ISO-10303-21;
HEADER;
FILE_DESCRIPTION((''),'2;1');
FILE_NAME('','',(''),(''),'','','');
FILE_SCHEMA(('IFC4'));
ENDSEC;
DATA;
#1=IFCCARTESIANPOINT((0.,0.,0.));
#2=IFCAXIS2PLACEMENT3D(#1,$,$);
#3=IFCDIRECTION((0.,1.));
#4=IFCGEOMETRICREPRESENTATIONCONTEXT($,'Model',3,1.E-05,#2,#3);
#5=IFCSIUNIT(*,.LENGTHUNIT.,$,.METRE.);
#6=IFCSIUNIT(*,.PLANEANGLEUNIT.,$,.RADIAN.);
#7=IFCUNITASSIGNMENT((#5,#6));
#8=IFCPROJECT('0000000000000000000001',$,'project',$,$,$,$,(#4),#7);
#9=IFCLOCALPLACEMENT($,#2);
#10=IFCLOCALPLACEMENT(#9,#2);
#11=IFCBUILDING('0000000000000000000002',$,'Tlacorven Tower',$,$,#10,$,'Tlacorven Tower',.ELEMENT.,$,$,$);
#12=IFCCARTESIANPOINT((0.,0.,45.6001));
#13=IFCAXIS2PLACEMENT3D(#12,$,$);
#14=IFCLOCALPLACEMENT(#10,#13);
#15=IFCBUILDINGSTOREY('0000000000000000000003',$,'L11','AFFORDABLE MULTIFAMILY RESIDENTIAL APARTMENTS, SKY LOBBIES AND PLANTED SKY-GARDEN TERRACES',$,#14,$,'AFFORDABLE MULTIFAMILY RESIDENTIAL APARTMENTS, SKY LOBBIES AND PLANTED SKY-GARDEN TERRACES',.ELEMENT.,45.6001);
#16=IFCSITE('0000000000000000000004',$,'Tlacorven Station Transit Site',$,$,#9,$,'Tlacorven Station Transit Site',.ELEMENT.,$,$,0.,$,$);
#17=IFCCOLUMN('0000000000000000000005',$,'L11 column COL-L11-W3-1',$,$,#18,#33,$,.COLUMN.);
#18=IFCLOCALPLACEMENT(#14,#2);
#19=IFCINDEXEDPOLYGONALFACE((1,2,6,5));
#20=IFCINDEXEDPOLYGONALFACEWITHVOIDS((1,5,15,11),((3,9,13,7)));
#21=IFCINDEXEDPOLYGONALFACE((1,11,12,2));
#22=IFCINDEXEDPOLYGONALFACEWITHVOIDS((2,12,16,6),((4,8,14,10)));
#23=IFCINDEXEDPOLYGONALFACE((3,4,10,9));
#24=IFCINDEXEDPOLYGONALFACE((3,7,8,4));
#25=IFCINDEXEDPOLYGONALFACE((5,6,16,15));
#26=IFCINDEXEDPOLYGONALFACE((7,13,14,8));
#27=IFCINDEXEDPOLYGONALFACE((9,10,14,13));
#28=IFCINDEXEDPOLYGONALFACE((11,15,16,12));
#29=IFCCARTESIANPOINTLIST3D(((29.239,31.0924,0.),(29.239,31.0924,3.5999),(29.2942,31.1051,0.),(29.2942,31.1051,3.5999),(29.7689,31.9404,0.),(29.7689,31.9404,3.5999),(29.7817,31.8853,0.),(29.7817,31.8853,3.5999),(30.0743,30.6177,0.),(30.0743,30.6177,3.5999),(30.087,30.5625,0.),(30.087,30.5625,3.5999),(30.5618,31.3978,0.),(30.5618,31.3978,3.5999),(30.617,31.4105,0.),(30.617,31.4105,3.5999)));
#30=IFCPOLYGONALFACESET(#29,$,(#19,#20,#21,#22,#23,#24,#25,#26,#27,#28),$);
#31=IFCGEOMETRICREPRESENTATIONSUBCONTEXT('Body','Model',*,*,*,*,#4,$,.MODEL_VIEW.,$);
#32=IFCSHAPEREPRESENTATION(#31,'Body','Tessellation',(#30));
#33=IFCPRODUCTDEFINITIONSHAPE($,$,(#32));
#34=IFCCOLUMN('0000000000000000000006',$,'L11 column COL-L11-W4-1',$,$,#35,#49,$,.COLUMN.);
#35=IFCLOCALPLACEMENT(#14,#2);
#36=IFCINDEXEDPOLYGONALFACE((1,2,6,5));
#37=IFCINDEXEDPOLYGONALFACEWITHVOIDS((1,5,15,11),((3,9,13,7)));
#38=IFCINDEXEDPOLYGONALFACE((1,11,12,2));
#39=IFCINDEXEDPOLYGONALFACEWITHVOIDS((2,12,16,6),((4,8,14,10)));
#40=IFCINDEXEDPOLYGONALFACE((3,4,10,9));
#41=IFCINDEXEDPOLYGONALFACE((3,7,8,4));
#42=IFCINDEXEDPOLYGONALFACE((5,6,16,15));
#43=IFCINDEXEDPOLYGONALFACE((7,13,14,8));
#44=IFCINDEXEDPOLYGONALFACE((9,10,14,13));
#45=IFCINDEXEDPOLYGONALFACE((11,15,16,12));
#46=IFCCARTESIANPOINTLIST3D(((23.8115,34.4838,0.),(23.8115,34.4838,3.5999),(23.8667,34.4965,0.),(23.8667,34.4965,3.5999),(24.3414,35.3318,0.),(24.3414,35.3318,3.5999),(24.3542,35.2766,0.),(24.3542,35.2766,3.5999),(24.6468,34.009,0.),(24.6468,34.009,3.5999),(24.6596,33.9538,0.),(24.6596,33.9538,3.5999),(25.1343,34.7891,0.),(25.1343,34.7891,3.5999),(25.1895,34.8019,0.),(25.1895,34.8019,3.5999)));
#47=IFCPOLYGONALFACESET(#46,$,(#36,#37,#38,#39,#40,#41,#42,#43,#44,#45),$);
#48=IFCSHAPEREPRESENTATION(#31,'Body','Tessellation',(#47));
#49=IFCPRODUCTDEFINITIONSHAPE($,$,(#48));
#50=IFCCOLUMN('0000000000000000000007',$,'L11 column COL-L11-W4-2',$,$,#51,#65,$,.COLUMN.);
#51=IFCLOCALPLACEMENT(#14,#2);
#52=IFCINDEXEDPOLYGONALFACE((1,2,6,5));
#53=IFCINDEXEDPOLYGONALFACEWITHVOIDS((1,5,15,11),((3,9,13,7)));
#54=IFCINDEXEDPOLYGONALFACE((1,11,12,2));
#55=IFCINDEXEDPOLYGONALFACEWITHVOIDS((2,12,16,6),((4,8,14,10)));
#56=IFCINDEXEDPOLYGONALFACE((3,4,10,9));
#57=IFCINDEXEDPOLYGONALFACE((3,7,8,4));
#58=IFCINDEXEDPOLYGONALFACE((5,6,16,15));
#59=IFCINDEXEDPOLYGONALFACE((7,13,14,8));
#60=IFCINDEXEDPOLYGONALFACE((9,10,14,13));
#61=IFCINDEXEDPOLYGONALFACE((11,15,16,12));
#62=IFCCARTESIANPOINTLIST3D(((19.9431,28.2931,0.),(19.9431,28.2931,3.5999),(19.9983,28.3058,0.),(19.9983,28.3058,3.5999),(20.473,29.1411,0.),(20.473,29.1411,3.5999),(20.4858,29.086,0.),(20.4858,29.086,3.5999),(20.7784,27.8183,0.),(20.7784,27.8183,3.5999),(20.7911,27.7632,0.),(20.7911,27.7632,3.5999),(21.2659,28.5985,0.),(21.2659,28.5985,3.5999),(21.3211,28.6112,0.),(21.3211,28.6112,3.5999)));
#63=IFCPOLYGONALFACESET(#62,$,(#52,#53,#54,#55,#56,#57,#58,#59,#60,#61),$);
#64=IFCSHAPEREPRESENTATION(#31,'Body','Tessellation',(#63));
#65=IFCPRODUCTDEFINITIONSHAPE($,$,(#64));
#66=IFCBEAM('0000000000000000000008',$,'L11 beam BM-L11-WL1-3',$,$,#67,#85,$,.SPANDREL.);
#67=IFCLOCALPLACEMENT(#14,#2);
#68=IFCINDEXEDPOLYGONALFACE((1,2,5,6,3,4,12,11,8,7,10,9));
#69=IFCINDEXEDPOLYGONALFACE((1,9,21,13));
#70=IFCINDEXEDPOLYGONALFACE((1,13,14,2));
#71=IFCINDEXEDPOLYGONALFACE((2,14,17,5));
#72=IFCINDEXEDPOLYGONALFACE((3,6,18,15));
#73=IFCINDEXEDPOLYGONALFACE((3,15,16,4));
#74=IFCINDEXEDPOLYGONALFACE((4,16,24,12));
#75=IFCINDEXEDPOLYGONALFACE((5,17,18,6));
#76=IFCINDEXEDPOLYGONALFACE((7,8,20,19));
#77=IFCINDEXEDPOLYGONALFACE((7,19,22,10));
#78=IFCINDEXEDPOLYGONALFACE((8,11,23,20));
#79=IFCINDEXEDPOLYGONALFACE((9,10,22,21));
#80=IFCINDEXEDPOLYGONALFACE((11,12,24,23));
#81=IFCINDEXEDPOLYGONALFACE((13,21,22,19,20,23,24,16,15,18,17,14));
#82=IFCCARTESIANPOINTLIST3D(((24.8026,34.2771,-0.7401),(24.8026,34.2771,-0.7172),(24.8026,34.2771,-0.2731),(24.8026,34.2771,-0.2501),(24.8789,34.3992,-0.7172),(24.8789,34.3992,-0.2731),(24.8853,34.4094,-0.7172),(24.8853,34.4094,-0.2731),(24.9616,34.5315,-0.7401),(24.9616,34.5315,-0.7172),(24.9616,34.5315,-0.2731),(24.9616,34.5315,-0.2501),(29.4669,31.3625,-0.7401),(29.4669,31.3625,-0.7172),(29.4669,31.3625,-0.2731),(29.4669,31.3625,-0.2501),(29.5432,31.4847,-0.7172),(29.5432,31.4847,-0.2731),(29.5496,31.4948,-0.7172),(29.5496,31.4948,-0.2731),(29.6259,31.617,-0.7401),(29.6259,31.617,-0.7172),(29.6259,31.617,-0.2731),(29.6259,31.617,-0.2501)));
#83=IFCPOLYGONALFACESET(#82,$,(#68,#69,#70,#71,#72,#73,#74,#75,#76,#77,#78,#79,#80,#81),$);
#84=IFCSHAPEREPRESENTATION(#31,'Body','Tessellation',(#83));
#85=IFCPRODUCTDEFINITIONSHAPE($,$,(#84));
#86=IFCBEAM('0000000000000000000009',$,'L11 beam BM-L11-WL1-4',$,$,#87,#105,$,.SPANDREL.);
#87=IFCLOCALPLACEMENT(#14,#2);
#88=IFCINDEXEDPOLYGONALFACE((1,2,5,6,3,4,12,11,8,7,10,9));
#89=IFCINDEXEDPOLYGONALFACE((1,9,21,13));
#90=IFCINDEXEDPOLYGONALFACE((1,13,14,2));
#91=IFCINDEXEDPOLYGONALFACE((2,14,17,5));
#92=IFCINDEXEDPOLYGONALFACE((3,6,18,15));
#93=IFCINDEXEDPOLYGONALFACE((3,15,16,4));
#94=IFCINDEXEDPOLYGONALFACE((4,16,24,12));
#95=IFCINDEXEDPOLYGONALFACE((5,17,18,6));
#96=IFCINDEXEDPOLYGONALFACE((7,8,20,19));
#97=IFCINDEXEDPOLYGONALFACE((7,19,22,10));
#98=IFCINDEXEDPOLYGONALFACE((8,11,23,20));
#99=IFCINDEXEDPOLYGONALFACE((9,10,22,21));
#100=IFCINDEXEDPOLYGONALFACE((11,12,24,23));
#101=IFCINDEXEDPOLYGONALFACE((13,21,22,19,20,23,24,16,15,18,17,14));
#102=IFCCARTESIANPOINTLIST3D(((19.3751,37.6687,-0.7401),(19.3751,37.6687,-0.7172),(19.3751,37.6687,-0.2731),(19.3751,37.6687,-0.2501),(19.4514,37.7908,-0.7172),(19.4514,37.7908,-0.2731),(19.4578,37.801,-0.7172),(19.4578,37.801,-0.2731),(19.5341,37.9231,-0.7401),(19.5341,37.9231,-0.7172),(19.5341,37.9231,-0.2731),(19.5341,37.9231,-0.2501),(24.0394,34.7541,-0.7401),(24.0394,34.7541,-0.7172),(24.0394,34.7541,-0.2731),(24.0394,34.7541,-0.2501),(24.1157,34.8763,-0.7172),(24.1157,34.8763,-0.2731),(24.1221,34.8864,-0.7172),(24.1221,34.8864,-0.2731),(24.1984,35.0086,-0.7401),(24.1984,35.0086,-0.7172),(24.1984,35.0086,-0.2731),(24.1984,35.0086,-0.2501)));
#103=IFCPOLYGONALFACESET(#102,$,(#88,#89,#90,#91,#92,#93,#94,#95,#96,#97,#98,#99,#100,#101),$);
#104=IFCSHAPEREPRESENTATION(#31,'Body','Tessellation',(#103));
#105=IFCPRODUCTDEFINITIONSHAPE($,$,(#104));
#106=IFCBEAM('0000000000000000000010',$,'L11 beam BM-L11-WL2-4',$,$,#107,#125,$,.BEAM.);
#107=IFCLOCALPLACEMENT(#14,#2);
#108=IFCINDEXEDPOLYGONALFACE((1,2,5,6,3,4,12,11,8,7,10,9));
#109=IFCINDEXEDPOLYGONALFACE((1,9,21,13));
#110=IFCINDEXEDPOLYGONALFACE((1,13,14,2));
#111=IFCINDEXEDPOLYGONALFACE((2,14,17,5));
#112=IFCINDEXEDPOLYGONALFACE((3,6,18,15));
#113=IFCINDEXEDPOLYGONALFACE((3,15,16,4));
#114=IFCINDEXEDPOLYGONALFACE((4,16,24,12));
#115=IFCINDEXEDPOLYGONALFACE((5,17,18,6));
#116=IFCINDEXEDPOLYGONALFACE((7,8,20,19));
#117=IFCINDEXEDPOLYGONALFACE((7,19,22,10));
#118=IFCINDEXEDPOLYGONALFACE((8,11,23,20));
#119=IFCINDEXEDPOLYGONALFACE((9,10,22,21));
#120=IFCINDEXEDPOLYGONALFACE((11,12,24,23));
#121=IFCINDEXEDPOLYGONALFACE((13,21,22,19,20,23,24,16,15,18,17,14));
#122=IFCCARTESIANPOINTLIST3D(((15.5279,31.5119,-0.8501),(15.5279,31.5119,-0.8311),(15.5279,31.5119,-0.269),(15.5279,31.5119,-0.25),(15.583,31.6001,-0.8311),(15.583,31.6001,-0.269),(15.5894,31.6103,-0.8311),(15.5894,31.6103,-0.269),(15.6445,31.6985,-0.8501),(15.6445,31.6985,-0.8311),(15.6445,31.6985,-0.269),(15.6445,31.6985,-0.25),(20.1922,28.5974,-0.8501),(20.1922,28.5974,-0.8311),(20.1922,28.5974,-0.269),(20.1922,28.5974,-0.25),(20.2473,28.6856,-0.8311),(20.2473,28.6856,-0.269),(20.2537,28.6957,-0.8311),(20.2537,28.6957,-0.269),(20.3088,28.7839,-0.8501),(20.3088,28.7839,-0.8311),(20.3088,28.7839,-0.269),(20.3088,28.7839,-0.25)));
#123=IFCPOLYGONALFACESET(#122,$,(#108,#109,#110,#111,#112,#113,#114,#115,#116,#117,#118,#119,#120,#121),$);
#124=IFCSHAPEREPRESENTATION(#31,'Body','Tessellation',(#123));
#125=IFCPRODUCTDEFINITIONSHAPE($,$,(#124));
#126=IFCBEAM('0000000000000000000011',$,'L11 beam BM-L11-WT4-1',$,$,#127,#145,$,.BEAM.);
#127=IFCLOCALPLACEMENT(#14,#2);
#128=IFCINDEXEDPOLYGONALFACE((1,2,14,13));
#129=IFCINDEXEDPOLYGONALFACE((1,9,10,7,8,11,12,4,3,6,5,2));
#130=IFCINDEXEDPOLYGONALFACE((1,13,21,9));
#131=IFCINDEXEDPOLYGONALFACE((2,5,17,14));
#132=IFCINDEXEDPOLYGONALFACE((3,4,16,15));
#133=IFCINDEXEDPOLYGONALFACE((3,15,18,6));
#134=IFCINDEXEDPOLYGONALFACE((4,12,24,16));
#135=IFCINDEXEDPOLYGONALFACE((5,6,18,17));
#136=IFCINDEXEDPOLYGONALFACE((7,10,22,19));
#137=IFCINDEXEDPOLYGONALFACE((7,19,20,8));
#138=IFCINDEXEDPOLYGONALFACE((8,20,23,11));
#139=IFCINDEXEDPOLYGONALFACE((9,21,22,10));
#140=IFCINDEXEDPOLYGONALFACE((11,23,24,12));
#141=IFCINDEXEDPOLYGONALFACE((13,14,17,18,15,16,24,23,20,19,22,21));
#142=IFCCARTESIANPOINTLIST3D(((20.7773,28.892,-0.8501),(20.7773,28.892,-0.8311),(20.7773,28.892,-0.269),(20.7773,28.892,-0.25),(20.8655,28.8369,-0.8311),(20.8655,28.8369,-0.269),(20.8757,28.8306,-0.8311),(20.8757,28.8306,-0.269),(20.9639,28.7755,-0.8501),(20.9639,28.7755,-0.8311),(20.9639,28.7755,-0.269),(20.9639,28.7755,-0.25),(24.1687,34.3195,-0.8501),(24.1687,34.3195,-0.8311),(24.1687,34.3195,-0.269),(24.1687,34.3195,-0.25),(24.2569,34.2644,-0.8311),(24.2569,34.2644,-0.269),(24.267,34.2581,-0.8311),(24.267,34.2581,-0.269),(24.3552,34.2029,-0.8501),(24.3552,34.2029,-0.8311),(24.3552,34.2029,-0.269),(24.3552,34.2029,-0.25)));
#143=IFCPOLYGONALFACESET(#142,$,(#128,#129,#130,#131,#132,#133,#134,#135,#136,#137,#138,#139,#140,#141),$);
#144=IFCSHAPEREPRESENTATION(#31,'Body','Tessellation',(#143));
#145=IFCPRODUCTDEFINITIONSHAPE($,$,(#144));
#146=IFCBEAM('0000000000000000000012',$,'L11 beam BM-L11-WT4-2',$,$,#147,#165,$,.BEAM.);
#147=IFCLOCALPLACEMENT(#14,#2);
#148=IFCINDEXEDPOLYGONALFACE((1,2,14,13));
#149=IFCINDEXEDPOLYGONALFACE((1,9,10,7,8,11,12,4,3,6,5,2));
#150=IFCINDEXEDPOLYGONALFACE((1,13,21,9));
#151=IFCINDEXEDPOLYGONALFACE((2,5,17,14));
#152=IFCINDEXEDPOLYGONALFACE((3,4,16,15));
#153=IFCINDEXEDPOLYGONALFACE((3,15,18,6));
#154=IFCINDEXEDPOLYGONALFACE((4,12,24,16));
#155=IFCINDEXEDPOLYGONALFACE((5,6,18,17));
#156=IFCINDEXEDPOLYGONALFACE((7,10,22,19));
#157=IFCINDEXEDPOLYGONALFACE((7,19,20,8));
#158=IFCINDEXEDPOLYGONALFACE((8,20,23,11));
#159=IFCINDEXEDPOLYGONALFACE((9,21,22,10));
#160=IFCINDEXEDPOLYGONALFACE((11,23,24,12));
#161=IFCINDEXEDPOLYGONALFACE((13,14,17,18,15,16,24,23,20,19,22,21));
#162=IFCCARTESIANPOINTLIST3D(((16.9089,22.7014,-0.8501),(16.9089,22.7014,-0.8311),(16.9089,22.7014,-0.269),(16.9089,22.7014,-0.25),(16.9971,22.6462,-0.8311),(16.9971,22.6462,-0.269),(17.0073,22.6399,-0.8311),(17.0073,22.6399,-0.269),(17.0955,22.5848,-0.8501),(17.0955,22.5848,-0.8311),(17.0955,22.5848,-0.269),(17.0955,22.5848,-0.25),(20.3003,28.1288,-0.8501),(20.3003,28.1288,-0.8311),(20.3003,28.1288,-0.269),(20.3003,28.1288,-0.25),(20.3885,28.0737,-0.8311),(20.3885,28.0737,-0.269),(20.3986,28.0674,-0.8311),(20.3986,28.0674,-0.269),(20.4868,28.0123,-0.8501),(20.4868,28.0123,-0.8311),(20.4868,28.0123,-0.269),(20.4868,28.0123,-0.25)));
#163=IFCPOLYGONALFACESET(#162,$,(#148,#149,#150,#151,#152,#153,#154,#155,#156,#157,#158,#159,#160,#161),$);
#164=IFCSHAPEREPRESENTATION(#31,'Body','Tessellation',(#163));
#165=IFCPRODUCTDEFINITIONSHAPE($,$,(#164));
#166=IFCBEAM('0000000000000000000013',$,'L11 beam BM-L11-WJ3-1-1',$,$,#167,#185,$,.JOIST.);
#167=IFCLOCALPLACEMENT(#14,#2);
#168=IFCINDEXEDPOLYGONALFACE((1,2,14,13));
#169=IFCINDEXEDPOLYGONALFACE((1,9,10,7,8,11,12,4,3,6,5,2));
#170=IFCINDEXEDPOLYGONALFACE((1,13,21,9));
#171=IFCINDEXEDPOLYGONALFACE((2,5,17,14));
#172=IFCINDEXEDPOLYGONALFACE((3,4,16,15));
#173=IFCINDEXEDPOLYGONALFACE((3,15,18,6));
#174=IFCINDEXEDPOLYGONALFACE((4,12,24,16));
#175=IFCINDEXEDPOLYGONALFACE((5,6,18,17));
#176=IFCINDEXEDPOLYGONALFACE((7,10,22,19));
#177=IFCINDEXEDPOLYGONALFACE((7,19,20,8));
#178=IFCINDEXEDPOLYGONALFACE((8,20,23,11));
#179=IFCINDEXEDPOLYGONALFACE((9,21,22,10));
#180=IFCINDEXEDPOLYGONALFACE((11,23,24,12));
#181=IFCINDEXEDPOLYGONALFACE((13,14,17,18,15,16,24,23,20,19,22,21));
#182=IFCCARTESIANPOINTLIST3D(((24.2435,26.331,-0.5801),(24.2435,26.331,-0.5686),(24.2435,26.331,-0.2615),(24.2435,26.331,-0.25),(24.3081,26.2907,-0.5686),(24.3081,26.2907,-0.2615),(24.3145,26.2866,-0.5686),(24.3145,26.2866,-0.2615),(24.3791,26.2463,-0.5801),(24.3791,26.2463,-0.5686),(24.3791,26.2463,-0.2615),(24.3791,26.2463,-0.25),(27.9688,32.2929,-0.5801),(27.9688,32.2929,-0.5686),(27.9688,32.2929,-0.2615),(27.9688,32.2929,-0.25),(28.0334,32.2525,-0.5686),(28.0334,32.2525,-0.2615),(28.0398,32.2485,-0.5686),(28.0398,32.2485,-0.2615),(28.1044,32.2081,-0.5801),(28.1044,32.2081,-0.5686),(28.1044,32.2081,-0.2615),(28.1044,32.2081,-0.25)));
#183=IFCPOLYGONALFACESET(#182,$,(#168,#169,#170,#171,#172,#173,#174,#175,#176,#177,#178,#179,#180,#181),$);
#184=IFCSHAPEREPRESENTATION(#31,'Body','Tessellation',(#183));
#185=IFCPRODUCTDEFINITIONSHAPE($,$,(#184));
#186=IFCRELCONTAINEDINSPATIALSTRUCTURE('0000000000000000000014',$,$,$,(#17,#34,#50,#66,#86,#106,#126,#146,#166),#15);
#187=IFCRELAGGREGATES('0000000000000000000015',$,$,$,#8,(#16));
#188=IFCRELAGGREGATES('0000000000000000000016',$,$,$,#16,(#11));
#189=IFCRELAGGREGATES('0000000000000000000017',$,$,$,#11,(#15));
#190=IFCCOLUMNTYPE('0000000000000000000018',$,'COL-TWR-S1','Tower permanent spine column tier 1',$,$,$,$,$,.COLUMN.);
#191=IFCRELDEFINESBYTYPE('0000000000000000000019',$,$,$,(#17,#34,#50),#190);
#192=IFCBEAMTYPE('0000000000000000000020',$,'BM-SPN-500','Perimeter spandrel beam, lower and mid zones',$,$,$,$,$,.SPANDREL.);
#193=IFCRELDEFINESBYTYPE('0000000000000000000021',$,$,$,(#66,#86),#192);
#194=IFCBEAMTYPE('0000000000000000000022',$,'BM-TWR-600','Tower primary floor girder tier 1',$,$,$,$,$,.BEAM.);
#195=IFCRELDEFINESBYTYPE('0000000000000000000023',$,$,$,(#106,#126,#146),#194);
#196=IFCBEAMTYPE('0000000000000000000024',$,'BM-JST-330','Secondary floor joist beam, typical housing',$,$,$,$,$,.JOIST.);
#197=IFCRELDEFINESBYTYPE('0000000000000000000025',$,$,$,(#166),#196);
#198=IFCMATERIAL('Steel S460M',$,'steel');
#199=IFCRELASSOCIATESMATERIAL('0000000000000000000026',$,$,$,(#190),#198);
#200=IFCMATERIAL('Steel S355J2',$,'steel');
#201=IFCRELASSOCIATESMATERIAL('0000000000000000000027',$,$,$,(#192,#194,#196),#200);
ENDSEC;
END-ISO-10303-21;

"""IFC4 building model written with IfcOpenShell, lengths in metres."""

from ifc_helpers import new_model, si_unit, direction, frame, origin, origin_2d, place, context, subcontext, project, spatial, hollow_rectangle, i_section, extrude, source, transform, mapped, material, material_profile, profile_set, type_object, element, save


model = new_model("IFC4")

# Units and contexts
model_context = context("Model", 3, precision=1e-05, world=origin(), true_north=direction((0.0, 1.0)))
body_context = subcontext(model_context, "Body", "Model", "MODEL_VIEW")
ifc_project = project(units=[si_unit("LENGTHUNIT", "METRE"), si_unit("PLANEANGLEUNIT", "RADIAN")], contexts=[model_context])

# Site, building, storey
site_placement = place(None, origin())
site = spatial("IfcSite", under=ifc_project, at=site_placement, Name="Tlacorven Station Transit Site", LongName="Tlacorven Station Transit Site", CompositionType="ELEMENT", RefElevation=0.0)
building_placement = place(site_placement, origin())
building = spatial("IfcBuilding", under=site, at=building_placement, Name="Tlacorven Tower", LongName="Tlacorven Tower", CompositionType="ELEMENT")
storey_placement = place(building_placement, frame((0.0, 0.0, 45.6001)))
storey = spatial("IfcBuildingStorey", under=building, at=storey_placement, Name="L11", Description="AFFORDABLE MULTIFAMILY RESIDENTIAL APARTMENTS, SKY LOBBIES AND PLANTED SKY-GARDEN TERRACES", LongName="AFFORDABLE MULTIFAMILY RESIDENTIAL APARTMENTS, SKY LOBBIES AND PLANTED SKY-GARDEN TERRACES", CompositionType="ELEMENT", Elevation=45.6001)

# Columns
ifc_material_1 = material(Name="Steel S460M", Category="steel")
ifc_material_profile_1 = material_profile(ifc_material_1, hollow_rectangle(XDim=1.0, YDim=1.0, WallThickness=0.04, at=origin_2d()), Name="BOX 1000X1000X40")
ifc_profile_set_1 = profile_set([ifc_material_profile_1], Name="Steel S460M")
column_type = type_object("IfcColumnType", Name="COL-TWR-S1", Description="Tower permanent spine column tier 1", PredefinedType="COLUMN", material=ifc_profile_set_1)
shared_shape_1 = source(origin(), body_context, "Body", "SweptSolid", [
    extrude(hollow_rectangle(XDim=1.0, YDim=1.0, WallThickness=0.04, at=origin_2d()), origin(), (0.0, 0.0, 1.0), 3.5999),
])
for number, where, z_axis, x_axis, name in (
    (1, (29.928, 31.2515, 0.0), (0.0, 0.0, 1.0), (-0.848048, 0.529919, 0.0), "L11 column COL-L11-W3-1"),
    (2, (24.5005, 34.6428, 0.0), (0.0, 0.0, 1.0), (-0.848048, 0.529919, 0.0), "L11 column COL-L11-W4-1"),
    (3, (20.6321, 28.4521, 0.0), (0.0, 0.0, 1.0), (-0.848048, 0.529919, 0.0), "L11 column COL-L11-W4-2"),
):
    element("IfcColumn", number, at=place(storey_placement, frame(where, z_axis=z_axis, x_axis=x_axis)), inside=storey, type_object=column_type, Name=name, PredefinedType="COLUMN", context=body_context, shape_type="MappedRepresentation", body=[
        mapped(shared_shape_1, transform((0.0, 0.0, 0.0), scale=1.0)),
    ])

# Beams
ifc_material_2 = material(Name="Steel S355J2", Category="steel")
ifc_material_profile_2 = material_profile(ifc_material_2, i_section(OverallWidth=0.3, OverallDepth=0.49, WebThickness=0.012, FlangeThickness=0.0229, at=origin_2d()), Name="HEA 500")
ifc_profile_set_2 = profile_set([ifc_material_profile_2], Name="Steel S355J2")
beam_type_1 = type_object("IfcBeamType", Name="BM-SPN-500", Description="Perimeter spandrel beam, lower and mid zones", PredefinedType="SPANDREL", material=ifc_profile_set_2)
shared_shape_2 = source(origin(), body_context, "Body", "SweptSolid", [
    extrude(i_section(OverallWidth=0.3, OverallDepth=0.49, WebThickness=0.012, FlangeThickness=0.0229, at=origin_2d()), origin(), (0.0, 0.0, 1.0), 5.5),
])
for number, where, z_axis, x_axis, name in (
    (4, (29.5464, 31.4897, -0.4951), (-0.848051, 0.529915, 0.0), (-0.529915, -0.848051, 0.0), "L11 beam BM-L11-WL1-3"),
    (5, (24.1189, 34.8813, -0.4951), (-0.848051, 0.529915, 0.0), (-0.529915, -0.848051, 0.0), "L11 beam BM-L11-WL1-4"),
):
    element("IfcBeam", number, at=place(storey_placement, frame(where, z_axis=z_axis, x_axis=x_axis)), inside=storey, type_object=beam_type_1, Name=name, PredefinedType="SPANDREL", context=body_context, shape_type="MappedRepresentation", body=[
        mapped(shared_shape_2, transform((0.0, 0.0, 0.0), scale=1.0)),
    ])
ifc_material_profile_3 = material_profile(ifc_material_2, i_section(OverallWidth=0.22, OverallDepth=0.6001, WebThickness=0.012, FlangeThickness=0.019, at=origin_2d()), Name="IPE 600")
ifc_profile_set_3 = profile_set([ifc_material_profile_3], Name="Steel S355J2")
beam_type_2 = type_object("IfcBeamType", Name="BM-TWR-600", Description="Tower primary floor girder tier 1", PredefinedType="BEAM", material=ifc_profile_set_3)
shared_shape_3 = source(origin(), body_context, "Body", "SweptSolid", [
    extrude(i_section(OverallWidth=0.22, OverallDepth=0.6001, WebThickness=0.012, FlangeThickness=0.019, at=origin_2d()), origin(), (0.0, 0.0, 1.0), 5.5),
])
beam_placement = place(storey_placement, frame((20.2505, 28.6907, -0.55), z_axis=(-0.848051, 0.529915, 0.0), x_axis=(-0.529915, -0.848051, 0.0)))
element("IfcBeam", 6, at=beam_placement, inside=storey, type_object=beam_type_2, Name="L11 beam BM-L11-WL2-4", PredefinedType="BEAM", context=body_context, shape_type="MappedRepresentation", body=[
    mapped(shared_shape_3, transform((0.0, 0.0, 0.0), scale=1.0)),
])
shared_shape_4 = source(origin(), body_context, "Body", "SweptSolid", [
    extrude(i_section(OverallWidth=0.22, OverallDepth=0.6001, WebThickness=0.012, FlangeThickness=0.019, at=origin_2d()), origin(), (0.0, 0.0, 1.0), 6.3999),
])
for number, where, z_axis, x_axis, name in (
    (7, (24.262, 34.2612, -0.55), (-0.529906, -0.848056, 0.0), (0.848056, -0.529906, 0.0), "L11 beam BM-L11-WT4-1"),
    (8, (20.3936, 28.0706, -0.55), (-0.529906, -0.848056, 0.0), (0.848056, -0.529906, 0.0), "L11 beam BM-L11-WT4-2"),
):
    element("IfcBeam", number, at=place(storey_placement, frame(where, z_axis=z_axis, x_axis=x_axis)), inside=storey, type_object=beam_type_2, Name=name, PredefinedType="BEAM", context=body_context, shape_type="MappedRepresentation", body=[
        mapped(shared_shape_4, transform((0.0, 0.0, 0.0), scale=1.0)),
    ])
ifc_material_profile_4 = material_profile(ifc_material_2, i_section(OverallWidth=0.1599, OverallDepth=0.3301, WebThickness=0.0076, FlangeThickness=0.0115, at=origin_2d()), Name="IPE 330")
ifc_profile_set_4 = profile_set([ifc_material_profile_4], Name="Steel S355J2")
beam_type_3 = type_object("IfcBeamType", Name="BM-JST-330", Description="Secondary floor joist beam, typical housing", PredefinedType="JOIST", material=ifc_profile_set_4)
shared_shape_5 = source(origin(), body_context, "Body", "SweptSolid", [
    extrude(i_section(OverallWidth=0.1599, OverallDepth=0.3301, WebThickness=0.0076, FlangeThickness=0.0115, at=origin_2d()), origin(), (0.0, 0.0, 1.0), 7.03),
])
for number, where, z_axis, x_axis, name in (
    (9, (28.0366, 32.2505, -0.415), (-0.529912, -0.848053, 0.0), (0.848053, -0.529912, 0.0), "L11 beam BM-L11-WJ3-1-1"),
):
    element("IfcBeam", number, at=place(storey_placement, frame(where, z_axis=z_axis, x_axis=x_axis)), inside=storey, type_object=beam_type_3, Name=name, PredefinedType="JOIST", context=body_context, shape_type="MappedRepresentation", body=[
        mapped(shared_shape_5, transform((0.0, 0.0, 0.0), scale=1.0)),
    ])

save(model, "model.ifc")
